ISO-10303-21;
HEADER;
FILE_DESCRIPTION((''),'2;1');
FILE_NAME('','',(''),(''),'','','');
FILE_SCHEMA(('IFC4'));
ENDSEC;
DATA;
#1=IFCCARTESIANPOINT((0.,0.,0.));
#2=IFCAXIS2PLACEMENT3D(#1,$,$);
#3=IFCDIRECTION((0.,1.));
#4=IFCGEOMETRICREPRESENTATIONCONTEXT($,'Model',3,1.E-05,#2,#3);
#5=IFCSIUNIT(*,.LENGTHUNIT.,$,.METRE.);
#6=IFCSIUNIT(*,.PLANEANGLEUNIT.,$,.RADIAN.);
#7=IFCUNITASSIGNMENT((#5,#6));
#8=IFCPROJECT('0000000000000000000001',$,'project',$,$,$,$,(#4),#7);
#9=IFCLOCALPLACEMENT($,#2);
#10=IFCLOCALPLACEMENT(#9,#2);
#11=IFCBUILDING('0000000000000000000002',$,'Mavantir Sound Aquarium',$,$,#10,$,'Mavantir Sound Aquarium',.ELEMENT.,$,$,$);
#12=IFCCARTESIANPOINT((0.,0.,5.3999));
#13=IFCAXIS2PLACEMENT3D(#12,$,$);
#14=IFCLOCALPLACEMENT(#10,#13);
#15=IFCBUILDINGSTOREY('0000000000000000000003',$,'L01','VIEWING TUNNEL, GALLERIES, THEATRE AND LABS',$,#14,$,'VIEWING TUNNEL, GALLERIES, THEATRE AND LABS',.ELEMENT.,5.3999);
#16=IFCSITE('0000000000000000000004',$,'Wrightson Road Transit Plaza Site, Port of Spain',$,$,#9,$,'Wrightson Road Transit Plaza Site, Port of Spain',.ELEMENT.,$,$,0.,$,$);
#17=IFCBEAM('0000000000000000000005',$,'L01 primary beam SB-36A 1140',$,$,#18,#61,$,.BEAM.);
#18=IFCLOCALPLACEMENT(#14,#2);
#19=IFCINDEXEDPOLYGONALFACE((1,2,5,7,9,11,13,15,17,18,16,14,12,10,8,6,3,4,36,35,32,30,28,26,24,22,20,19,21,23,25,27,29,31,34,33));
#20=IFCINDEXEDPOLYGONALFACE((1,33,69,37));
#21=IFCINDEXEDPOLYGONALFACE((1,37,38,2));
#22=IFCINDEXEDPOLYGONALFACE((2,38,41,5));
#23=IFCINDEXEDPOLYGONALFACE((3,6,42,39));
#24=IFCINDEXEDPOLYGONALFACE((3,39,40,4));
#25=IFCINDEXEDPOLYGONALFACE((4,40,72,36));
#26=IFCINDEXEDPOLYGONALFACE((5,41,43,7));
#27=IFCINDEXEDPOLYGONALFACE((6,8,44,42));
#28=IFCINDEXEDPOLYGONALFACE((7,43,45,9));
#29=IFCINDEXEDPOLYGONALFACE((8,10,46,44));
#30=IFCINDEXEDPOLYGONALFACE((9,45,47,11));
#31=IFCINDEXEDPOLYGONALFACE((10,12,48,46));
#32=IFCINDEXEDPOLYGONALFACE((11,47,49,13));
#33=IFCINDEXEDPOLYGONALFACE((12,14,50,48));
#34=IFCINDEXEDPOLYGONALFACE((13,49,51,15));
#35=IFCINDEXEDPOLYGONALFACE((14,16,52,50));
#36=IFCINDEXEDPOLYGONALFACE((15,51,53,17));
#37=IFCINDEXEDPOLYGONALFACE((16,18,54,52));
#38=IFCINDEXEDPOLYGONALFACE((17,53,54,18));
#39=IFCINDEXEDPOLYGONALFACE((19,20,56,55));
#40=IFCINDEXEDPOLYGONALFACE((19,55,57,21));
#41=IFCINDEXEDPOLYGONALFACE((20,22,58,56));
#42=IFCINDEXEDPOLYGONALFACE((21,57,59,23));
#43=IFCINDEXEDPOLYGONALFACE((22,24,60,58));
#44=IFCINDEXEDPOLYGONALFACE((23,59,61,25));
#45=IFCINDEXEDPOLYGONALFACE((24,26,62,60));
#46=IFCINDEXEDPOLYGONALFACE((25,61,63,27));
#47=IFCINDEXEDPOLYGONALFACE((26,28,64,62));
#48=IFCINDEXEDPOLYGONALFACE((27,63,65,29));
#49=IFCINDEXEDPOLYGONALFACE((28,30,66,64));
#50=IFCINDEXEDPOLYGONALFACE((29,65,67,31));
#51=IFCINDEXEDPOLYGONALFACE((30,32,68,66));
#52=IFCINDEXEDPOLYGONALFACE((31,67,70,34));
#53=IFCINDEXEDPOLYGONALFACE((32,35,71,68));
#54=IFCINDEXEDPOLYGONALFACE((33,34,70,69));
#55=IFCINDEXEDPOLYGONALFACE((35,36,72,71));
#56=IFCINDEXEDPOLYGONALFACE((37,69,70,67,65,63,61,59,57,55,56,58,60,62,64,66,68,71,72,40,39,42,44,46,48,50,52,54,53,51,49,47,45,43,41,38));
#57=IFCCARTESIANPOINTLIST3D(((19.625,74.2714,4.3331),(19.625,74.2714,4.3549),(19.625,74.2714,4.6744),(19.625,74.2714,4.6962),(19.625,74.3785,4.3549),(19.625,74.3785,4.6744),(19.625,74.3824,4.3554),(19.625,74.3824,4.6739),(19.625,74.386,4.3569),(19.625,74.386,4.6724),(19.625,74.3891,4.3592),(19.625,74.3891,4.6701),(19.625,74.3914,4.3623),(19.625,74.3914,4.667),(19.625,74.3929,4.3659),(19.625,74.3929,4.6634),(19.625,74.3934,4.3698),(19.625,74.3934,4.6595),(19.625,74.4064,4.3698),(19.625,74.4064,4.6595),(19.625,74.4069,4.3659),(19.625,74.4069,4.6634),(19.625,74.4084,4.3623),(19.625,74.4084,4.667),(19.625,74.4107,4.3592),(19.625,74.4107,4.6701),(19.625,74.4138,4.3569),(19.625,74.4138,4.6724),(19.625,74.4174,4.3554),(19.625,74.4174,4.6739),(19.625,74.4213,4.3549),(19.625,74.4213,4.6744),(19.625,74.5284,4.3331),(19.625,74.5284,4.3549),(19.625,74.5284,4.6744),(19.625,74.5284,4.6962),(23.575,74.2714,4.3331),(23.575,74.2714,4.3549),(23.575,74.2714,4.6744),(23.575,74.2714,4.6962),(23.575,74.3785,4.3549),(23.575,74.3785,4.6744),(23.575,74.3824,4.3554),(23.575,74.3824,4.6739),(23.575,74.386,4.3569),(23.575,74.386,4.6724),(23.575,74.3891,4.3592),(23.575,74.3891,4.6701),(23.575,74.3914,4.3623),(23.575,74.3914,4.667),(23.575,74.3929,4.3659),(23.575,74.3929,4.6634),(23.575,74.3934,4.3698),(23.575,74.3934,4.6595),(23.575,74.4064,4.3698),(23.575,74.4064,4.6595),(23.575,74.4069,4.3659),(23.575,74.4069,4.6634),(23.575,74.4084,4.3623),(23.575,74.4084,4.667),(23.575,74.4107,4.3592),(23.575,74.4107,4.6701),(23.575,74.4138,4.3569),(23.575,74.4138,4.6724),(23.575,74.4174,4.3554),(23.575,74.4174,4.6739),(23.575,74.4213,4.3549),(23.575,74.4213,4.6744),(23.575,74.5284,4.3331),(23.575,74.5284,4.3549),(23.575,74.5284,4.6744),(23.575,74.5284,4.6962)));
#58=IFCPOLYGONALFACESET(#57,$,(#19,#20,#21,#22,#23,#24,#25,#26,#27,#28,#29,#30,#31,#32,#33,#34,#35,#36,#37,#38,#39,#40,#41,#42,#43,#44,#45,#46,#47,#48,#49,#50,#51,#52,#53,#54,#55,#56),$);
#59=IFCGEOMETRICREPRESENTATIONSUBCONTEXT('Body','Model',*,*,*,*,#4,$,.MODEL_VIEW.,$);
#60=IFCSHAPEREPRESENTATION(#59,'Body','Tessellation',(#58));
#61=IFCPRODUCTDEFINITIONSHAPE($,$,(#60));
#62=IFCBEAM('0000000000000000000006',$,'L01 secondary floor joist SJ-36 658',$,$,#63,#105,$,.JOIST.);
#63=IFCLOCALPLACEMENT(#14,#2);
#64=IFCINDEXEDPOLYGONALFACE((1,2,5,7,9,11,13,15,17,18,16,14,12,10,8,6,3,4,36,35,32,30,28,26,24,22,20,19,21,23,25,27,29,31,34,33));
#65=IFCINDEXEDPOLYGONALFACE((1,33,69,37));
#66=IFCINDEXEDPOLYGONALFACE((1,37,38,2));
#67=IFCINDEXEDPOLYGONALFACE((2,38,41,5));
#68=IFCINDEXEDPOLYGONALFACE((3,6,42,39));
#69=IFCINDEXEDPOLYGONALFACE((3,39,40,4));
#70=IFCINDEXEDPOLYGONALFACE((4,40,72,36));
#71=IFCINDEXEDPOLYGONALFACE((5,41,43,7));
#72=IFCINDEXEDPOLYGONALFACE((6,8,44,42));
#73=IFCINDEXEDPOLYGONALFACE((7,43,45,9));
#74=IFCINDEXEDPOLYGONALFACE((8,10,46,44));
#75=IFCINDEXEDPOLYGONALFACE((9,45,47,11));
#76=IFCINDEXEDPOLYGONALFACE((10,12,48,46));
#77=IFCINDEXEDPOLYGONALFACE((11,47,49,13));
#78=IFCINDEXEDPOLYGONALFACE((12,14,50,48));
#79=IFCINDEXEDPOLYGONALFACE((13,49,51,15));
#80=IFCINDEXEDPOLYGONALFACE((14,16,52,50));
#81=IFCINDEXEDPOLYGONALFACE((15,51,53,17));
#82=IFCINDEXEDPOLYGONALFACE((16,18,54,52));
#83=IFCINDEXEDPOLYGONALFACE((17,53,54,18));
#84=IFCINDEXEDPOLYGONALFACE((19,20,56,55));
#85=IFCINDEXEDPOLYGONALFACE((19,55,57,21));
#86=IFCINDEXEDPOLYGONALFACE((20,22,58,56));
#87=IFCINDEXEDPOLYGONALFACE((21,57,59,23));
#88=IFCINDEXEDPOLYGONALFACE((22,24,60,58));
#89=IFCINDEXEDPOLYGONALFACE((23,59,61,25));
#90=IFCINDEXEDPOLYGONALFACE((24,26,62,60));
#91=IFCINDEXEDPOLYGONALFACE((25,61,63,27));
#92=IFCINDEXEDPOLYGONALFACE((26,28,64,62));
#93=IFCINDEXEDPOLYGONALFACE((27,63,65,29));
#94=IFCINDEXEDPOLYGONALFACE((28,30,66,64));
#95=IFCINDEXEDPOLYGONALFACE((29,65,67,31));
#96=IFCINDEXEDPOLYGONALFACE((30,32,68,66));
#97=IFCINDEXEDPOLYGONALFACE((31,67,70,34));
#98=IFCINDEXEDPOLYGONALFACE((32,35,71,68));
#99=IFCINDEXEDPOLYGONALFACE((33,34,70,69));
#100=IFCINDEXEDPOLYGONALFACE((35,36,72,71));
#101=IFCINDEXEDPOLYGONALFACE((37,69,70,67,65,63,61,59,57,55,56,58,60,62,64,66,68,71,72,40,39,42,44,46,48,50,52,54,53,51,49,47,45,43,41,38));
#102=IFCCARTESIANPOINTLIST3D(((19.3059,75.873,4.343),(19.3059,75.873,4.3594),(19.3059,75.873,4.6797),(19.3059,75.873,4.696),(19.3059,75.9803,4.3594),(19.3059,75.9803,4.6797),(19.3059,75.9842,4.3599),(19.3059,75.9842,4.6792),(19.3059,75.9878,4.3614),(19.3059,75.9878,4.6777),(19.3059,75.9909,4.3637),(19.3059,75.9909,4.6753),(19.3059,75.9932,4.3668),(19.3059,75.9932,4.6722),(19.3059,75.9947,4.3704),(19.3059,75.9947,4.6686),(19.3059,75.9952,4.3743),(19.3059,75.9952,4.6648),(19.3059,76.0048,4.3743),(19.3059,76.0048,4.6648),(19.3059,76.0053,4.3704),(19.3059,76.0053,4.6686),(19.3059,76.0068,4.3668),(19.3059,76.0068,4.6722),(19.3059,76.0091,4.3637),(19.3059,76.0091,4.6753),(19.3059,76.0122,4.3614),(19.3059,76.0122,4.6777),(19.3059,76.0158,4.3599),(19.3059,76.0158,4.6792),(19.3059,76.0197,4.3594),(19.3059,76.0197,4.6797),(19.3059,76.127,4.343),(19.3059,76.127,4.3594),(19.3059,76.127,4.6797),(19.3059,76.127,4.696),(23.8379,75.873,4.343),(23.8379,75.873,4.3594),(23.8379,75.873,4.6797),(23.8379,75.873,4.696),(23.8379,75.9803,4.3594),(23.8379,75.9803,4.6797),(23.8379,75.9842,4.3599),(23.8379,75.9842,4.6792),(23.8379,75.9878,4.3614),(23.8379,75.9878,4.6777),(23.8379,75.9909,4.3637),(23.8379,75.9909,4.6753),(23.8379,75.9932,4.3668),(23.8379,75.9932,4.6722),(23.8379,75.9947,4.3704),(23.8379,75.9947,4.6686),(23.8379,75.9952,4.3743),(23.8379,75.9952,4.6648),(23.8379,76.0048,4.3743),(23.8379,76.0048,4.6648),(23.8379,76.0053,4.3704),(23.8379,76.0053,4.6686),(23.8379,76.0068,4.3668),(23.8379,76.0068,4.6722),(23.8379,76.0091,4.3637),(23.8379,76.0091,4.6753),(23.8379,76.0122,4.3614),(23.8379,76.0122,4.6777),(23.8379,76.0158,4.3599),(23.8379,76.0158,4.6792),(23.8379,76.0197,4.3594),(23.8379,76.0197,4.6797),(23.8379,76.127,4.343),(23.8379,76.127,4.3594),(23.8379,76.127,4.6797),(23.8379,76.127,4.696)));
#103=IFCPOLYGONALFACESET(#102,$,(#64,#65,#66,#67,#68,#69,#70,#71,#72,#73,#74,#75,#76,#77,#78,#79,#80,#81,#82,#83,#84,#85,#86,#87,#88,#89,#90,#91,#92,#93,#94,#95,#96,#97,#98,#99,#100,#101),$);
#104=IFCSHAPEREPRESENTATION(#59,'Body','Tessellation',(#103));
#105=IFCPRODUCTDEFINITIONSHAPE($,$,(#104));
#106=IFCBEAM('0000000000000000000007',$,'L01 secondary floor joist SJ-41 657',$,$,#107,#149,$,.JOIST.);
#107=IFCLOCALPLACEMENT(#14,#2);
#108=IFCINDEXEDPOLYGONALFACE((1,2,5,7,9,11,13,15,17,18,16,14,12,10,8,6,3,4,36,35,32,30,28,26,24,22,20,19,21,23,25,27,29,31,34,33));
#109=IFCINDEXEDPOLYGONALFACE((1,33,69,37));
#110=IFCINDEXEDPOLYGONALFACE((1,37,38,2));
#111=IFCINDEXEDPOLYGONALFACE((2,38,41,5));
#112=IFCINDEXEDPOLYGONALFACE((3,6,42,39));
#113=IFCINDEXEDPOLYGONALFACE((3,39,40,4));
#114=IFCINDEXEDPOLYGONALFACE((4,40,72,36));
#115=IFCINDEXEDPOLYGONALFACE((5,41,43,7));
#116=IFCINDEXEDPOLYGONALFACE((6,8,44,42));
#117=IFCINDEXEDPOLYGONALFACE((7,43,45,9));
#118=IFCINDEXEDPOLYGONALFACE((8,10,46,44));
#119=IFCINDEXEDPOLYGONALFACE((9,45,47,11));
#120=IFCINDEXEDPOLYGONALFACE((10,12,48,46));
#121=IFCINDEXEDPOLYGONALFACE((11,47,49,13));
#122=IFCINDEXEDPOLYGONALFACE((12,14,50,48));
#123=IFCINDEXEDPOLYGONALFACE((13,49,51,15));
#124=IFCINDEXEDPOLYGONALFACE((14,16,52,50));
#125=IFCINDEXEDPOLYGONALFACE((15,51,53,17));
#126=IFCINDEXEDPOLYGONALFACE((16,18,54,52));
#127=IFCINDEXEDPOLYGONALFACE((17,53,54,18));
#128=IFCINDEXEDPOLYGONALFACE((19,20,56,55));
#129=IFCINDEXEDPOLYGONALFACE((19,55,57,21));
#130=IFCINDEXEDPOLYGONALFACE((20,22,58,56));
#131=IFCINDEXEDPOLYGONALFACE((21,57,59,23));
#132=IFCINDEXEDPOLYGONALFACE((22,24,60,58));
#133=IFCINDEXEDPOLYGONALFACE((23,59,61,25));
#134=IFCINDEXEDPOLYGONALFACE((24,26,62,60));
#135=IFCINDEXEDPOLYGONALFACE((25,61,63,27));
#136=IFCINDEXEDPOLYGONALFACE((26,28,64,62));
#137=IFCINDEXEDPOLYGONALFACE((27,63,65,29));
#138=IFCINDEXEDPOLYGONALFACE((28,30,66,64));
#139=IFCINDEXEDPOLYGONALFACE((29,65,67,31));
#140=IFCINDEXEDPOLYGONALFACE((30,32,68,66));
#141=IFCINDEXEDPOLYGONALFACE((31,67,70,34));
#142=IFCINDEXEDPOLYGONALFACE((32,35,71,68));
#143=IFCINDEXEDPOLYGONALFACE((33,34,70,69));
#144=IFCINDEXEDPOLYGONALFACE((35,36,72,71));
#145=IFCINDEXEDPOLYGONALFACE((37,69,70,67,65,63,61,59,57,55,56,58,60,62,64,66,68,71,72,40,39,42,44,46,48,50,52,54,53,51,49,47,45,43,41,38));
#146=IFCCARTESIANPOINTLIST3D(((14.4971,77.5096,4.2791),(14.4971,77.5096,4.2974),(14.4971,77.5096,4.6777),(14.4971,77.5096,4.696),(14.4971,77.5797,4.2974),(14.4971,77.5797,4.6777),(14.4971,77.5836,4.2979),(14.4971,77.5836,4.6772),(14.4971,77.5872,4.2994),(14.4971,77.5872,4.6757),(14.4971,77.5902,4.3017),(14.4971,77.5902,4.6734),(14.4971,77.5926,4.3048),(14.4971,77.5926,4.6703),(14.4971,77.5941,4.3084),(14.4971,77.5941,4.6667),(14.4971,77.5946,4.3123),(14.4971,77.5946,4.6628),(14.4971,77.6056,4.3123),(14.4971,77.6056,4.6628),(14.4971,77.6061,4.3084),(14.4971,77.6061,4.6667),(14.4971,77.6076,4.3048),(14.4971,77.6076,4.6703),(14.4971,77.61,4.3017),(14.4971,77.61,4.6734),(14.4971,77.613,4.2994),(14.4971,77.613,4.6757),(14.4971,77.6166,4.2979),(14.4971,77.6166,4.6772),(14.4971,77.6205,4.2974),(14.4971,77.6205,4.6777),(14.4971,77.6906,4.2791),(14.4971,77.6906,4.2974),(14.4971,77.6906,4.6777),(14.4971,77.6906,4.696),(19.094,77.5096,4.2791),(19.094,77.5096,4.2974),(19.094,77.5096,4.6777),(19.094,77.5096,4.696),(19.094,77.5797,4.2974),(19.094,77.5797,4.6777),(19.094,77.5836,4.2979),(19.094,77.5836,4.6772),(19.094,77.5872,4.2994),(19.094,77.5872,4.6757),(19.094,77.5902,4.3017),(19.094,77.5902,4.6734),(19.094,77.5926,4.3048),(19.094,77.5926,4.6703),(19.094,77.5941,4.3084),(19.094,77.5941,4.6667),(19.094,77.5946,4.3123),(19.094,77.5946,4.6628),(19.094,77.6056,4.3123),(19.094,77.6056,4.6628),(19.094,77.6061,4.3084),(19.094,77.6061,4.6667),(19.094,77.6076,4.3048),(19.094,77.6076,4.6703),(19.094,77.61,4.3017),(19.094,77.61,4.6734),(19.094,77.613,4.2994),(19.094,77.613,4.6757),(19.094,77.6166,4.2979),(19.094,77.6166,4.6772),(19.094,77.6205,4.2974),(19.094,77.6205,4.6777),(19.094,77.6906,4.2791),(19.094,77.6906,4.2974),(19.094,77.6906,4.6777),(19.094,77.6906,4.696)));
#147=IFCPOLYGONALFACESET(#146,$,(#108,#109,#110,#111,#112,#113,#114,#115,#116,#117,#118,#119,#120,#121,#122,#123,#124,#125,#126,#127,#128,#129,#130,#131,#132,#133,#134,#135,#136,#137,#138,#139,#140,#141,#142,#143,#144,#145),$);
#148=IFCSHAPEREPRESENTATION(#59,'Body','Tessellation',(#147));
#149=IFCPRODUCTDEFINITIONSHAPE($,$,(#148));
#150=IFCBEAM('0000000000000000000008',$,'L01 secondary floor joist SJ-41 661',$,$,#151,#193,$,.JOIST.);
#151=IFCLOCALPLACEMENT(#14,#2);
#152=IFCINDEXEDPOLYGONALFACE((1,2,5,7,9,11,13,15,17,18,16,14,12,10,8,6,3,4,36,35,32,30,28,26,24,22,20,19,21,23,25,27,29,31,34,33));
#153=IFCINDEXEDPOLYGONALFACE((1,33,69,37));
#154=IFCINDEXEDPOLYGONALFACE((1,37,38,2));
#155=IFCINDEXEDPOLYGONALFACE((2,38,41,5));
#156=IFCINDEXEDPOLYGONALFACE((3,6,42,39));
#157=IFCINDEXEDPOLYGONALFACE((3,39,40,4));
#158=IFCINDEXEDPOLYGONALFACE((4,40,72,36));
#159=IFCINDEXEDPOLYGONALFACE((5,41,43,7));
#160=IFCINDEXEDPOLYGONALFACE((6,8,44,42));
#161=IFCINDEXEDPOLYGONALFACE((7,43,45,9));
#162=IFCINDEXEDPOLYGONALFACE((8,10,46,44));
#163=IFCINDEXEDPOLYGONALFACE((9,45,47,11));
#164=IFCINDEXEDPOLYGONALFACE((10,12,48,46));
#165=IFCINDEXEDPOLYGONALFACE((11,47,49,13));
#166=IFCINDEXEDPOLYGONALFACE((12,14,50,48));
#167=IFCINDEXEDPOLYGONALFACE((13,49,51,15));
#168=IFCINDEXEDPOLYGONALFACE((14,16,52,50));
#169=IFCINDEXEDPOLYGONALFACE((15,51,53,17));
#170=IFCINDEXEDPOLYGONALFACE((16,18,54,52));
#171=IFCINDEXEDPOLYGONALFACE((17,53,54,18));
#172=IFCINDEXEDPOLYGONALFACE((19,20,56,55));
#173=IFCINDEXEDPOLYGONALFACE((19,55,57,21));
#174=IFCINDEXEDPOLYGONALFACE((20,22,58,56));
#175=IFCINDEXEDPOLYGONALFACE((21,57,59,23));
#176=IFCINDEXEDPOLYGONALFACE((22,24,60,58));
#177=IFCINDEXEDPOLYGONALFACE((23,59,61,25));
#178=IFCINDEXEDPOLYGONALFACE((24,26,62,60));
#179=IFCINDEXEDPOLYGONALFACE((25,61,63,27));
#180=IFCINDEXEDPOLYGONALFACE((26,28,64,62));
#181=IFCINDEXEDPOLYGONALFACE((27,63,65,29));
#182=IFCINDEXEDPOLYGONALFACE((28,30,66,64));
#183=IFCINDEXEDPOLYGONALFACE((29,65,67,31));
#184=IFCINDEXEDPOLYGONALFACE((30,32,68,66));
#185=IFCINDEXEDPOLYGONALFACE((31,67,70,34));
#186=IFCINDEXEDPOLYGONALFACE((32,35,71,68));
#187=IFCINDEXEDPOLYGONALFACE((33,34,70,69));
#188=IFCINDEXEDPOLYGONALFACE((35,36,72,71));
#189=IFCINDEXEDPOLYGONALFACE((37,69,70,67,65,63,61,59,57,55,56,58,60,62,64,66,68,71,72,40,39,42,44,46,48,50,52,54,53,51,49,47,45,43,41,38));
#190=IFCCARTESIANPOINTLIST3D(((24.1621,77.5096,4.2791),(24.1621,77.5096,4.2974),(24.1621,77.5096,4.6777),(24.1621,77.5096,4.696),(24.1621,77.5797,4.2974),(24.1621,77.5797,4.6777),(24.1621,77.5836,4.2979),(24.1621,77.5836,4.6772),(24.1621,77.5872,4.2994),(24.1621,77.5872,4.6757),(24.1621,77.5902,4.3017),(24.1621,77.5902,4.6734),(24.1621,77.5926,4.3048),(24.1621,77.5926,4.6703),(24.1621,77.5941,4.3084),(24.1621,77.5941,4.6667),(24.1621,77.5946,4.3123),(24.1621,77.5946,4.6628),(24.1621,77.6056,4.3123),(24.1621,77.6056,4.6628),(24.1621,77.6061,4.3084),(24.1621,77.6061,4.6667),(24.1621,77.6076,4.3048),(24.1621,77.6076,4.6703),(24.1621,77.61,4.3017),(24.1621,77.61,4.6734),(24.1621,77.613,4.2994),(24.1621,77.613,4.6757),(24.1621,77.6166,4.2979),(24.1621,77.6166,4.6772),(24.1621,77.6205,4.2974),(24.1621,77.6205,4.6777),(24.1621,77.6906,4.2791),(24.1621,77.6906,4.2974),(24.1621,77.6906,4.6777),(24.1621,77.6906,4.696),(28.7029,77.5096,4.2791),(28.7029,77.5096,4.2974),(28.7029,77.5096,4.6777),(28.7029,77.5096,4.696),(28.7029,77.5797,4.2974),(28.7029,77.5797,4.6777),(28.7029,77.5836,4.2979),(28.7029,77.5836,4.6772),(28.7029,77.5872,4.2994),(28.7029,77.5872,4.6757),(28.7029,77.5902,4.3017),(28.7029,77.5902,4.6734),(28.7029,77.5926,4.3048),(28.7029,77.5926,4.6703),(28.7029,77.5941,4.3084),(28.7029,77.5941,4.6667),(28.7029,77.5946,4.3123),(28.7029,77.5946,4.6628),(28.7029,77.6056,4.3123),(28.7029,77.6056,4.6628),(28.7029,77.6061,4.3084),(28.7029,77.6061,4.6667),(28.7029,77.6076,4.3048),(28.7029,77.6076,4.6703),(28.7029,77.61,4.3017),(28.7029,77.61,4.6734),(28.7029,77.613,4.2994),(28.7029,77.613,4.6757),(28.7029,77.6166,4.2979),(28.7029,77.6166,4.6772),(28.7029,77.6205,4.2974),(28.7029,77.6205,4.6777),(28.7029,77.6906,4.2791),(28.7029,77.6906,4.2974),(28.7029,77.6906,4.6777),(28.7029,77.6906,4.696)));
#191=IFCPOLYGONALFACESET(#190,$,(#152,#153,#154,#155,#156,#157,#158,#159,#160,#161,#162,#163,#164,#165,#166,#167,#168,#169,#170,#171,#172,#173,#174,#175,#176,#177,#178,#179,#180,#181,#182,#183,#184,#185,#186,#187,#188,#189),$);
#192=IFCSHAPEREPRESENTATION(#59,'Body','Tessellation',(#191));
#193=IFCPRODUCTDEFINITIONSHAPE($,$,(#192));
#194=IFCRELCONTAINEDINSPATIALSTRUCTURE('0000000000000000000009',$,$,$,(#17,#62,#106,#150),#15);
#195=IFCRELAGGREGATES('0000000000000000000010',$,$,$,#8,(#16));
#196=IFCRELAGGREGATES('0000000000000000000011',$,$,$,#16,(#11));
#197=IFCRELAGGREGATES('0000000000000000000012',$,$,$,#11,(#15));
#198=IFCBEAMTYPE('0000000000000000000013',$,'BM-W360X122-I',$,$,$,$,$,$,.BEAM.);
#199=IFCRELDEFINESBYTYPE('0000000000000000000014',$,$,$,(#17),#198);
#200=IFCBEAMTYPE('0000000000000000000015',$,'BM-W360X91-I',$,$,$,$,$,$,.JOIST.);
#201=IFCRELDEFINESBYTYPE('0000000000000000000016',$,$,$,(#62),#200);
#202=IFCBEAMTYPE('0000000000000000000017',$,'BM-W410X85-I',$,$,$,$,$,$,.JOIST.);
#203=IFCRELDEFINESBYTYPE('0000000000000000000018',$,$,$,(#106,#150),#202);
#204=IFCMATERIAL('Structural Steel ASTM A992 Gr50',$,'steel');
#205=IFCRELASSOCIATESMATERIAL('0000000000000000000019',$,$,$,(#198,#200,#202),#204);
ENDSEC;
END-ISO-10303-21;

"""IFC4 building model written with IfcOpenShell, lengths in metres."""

from ifc_helpers import new_model, si_unit, direction, frame, origin, origin_2d, place, context, subcontext, project, spatial, i_section, extrude, material, material_profile, profile_set, type_object, element, save


model = new_model("IFC4")

# Units and contexts
model_context = context("Model", 3, precision=1e-05, world=origin(), true_north=direction((0.0, 1.0)))
body_context = subcontext(model_context, "Body", "Model", "MODEL_VIEW")
ifc_project = project(units=[si_unit("LENGTHUNIT", "METRE"), si_unit("PLANEANGLEUNIT", "RADIAN")], contexts=[model_context])

# Site, building, storey
site_placement = place(None, origin())
site = spatial("IfcSite", under=ifc_project, at=site_placement, Name="Wrightson Road Transit Plaza Site, Port of Spain", LongName="Wrightson Road Transit Plaza Site, Port of Spain", CompositionType="ELEMENT", RefElevation=0.0)
building_placement = place(site_placement, origin())
building = spatial("IfcBuilding", under=site, at=building_placement, Name="Mavantir Sound Aquarium", LongName="Mavantir Sound Aquarium", CompositionType="ELEMENT")
storey_placement = place(building_placement, frame((0.0, 0.0, 5.3999)))
storey = spatial("IfcBuildingStorey", under=building, at=storey_placement, Name="L01", Description="VIEWING TUNNEL, GALLERIES, THEATRE AND LABS", LongName="VIEWING TUNNEL, GALLERIES, THEATRE AND LABS", CompositionType="ELEMENT", Elevation=5.3999)

# Beams
ifc_material_1 = material(Name="Structural Steel ASTM A992 Gr50", Category="steel")
ifc_material_profile_1 = material_profile(ifc_material_1, i_section(OverallWidth=0.2571, OverallDepth=0.363, WebThickness=0.0129, FlangeThickness=0.0217, FilletRadius=0.0149, at=origin_2d()), Name="W360X122")
ifc_profile_set_1 = profile_set([ifc_material_profile_1], Name="Structural Steel ASTM A992 Gr50")
beam_type_1 = type_object("IfcBeamType", Name="BM-W360X122-I", PredefinedType="BEAM", material=ifc_profile_set_1)
beam_1_placement = place(storey_placement, frame((19.625, 74.3999, 4.5146), z_axis=(1.0, 0.0, 0.0), x_axis=(0.0, 1.0, 0.0)))
element("IfcBeam", 1, at=beam_1_placement, inside=storey, type_object=beam_type_1, Name="L01 primary beam SB-36A 1140", PredefinedType="BEAM", context=body_context, shape_type="SweptSolid", body=[
    extrude(i_section(OverallWidth=0.2571, OverallDepth=0.363, WebThickness=0.0129, FlangeThickness=0.0217, FilletRadius=0.0149, at=origin_2d()), origin(), (0.0, 0.0, 1.0), 3.95),
])
ifc_material_profile_2 = material_profile(ifc_material_1, i_section(OverallWidth=0.2539, OverallDepth=0.353, WebThickness=0.0095, FlangeThickness=0.0164, FilletRadius=0.0149, at=origin_2d()), Name="W360X91")
ifc_profile_set_2 = profile_set([ifc_material_profile_2], Name="Structural Steel ASTM A992 Gr50")
beam_type_2 = type_object("IfcBeamType", Name="BM-W360X91-I", PredefinedType="JOIST", material=ifc_profile_set_2)
beam_2_placement = place(storey_placement, frame((19.3059, 76.0, 4.5195), z_axis=(1.0, 0.0, 0.0), x_axis=(0.0, 1.0, 0.0)))
element("IfcBeam", 2, at=beam_2_placement, inside=storey, type_object=beam_type_2, Name="L01 secondary floor joist SJ-36 658", PredefinedType="JOIST", context=body_context, shape_type="SweptSolid", body=[
    extrude(i_section(OverallWidth=0.2539, OverallDepth=0.353, WebThickness=0.0095, FlangeThickness=0.0164, FilletRadius=0.0149, at=origin_2d()), origin(), (0.0, 0.0, 1.0), 4.532),
])
ifc_material_profile_3 = material_profile(ifc_material_1, i_section(OverallWidth=0.1809, OverallDepth=0.417, WebThickness=0.011, FlangeThickness=0.0183, FilletRadius=0.0149, at=origin_2d()), Name="W410X85")
ifc_profile_set_3 = profile_set([ifc_material_profile_3], Name="Structural Steel ASTM A992 Gr50")
beam_type_3 = type_object("IfcBeamType", Name="BM-W410X85-I", PredefinedType="JOIST", material=ifc_profile_set_3)
beam_3_placement = place(storey_placement, frame((14.4971, 77.6001, 4.4875), z_axis=(1.0, 0.0, 0.0), x_axis=(0.0, 1.0, 0.0)))
element("IfcBeam", 3, at=beam_3_placement, inside=storey, type_object=beam_type_3, Name="L01 secondary floor joist SJ-41 657", PredefinedType="JOIST", context=body_context, shape_type="SweptSolid", body=[
    extrude(i_section(OverallWidth=0.1809, OverallDepth=0.417, WebThickness=0.011, FlangeThickness=0.0183, FilletRadius=0.0149, at=origin_2d()), origin(), (0.0, 0.0, 1.0), 4.5969),
])
beam_4_placement = place(storey_placement, frame((24.1621, 77.6001, 4.4875), z_axis=(1.0, 0.0, 0.0), x_axis=(0.0, 1.0, 0.0)))
element("IfcBeam", 4, at=beam_4_placement, inside=storey, type_object=beam_type_3, Name="L01 secondary floor joist SJ-41 661", PredefinedType="JOIST", context=body_context, shape_type="SweptSolid", body=[
    extrude(i_section(OverallWidth=0.1809, OverallDepth=0.417, WebThickness=0.011, FlangeThickness=0.0183, FilletRadius=0.0149, at=origin_2d()), origin(), (0.0, 0.0, 1.0), 4.5408),
])

save(model, "model.ifc")
